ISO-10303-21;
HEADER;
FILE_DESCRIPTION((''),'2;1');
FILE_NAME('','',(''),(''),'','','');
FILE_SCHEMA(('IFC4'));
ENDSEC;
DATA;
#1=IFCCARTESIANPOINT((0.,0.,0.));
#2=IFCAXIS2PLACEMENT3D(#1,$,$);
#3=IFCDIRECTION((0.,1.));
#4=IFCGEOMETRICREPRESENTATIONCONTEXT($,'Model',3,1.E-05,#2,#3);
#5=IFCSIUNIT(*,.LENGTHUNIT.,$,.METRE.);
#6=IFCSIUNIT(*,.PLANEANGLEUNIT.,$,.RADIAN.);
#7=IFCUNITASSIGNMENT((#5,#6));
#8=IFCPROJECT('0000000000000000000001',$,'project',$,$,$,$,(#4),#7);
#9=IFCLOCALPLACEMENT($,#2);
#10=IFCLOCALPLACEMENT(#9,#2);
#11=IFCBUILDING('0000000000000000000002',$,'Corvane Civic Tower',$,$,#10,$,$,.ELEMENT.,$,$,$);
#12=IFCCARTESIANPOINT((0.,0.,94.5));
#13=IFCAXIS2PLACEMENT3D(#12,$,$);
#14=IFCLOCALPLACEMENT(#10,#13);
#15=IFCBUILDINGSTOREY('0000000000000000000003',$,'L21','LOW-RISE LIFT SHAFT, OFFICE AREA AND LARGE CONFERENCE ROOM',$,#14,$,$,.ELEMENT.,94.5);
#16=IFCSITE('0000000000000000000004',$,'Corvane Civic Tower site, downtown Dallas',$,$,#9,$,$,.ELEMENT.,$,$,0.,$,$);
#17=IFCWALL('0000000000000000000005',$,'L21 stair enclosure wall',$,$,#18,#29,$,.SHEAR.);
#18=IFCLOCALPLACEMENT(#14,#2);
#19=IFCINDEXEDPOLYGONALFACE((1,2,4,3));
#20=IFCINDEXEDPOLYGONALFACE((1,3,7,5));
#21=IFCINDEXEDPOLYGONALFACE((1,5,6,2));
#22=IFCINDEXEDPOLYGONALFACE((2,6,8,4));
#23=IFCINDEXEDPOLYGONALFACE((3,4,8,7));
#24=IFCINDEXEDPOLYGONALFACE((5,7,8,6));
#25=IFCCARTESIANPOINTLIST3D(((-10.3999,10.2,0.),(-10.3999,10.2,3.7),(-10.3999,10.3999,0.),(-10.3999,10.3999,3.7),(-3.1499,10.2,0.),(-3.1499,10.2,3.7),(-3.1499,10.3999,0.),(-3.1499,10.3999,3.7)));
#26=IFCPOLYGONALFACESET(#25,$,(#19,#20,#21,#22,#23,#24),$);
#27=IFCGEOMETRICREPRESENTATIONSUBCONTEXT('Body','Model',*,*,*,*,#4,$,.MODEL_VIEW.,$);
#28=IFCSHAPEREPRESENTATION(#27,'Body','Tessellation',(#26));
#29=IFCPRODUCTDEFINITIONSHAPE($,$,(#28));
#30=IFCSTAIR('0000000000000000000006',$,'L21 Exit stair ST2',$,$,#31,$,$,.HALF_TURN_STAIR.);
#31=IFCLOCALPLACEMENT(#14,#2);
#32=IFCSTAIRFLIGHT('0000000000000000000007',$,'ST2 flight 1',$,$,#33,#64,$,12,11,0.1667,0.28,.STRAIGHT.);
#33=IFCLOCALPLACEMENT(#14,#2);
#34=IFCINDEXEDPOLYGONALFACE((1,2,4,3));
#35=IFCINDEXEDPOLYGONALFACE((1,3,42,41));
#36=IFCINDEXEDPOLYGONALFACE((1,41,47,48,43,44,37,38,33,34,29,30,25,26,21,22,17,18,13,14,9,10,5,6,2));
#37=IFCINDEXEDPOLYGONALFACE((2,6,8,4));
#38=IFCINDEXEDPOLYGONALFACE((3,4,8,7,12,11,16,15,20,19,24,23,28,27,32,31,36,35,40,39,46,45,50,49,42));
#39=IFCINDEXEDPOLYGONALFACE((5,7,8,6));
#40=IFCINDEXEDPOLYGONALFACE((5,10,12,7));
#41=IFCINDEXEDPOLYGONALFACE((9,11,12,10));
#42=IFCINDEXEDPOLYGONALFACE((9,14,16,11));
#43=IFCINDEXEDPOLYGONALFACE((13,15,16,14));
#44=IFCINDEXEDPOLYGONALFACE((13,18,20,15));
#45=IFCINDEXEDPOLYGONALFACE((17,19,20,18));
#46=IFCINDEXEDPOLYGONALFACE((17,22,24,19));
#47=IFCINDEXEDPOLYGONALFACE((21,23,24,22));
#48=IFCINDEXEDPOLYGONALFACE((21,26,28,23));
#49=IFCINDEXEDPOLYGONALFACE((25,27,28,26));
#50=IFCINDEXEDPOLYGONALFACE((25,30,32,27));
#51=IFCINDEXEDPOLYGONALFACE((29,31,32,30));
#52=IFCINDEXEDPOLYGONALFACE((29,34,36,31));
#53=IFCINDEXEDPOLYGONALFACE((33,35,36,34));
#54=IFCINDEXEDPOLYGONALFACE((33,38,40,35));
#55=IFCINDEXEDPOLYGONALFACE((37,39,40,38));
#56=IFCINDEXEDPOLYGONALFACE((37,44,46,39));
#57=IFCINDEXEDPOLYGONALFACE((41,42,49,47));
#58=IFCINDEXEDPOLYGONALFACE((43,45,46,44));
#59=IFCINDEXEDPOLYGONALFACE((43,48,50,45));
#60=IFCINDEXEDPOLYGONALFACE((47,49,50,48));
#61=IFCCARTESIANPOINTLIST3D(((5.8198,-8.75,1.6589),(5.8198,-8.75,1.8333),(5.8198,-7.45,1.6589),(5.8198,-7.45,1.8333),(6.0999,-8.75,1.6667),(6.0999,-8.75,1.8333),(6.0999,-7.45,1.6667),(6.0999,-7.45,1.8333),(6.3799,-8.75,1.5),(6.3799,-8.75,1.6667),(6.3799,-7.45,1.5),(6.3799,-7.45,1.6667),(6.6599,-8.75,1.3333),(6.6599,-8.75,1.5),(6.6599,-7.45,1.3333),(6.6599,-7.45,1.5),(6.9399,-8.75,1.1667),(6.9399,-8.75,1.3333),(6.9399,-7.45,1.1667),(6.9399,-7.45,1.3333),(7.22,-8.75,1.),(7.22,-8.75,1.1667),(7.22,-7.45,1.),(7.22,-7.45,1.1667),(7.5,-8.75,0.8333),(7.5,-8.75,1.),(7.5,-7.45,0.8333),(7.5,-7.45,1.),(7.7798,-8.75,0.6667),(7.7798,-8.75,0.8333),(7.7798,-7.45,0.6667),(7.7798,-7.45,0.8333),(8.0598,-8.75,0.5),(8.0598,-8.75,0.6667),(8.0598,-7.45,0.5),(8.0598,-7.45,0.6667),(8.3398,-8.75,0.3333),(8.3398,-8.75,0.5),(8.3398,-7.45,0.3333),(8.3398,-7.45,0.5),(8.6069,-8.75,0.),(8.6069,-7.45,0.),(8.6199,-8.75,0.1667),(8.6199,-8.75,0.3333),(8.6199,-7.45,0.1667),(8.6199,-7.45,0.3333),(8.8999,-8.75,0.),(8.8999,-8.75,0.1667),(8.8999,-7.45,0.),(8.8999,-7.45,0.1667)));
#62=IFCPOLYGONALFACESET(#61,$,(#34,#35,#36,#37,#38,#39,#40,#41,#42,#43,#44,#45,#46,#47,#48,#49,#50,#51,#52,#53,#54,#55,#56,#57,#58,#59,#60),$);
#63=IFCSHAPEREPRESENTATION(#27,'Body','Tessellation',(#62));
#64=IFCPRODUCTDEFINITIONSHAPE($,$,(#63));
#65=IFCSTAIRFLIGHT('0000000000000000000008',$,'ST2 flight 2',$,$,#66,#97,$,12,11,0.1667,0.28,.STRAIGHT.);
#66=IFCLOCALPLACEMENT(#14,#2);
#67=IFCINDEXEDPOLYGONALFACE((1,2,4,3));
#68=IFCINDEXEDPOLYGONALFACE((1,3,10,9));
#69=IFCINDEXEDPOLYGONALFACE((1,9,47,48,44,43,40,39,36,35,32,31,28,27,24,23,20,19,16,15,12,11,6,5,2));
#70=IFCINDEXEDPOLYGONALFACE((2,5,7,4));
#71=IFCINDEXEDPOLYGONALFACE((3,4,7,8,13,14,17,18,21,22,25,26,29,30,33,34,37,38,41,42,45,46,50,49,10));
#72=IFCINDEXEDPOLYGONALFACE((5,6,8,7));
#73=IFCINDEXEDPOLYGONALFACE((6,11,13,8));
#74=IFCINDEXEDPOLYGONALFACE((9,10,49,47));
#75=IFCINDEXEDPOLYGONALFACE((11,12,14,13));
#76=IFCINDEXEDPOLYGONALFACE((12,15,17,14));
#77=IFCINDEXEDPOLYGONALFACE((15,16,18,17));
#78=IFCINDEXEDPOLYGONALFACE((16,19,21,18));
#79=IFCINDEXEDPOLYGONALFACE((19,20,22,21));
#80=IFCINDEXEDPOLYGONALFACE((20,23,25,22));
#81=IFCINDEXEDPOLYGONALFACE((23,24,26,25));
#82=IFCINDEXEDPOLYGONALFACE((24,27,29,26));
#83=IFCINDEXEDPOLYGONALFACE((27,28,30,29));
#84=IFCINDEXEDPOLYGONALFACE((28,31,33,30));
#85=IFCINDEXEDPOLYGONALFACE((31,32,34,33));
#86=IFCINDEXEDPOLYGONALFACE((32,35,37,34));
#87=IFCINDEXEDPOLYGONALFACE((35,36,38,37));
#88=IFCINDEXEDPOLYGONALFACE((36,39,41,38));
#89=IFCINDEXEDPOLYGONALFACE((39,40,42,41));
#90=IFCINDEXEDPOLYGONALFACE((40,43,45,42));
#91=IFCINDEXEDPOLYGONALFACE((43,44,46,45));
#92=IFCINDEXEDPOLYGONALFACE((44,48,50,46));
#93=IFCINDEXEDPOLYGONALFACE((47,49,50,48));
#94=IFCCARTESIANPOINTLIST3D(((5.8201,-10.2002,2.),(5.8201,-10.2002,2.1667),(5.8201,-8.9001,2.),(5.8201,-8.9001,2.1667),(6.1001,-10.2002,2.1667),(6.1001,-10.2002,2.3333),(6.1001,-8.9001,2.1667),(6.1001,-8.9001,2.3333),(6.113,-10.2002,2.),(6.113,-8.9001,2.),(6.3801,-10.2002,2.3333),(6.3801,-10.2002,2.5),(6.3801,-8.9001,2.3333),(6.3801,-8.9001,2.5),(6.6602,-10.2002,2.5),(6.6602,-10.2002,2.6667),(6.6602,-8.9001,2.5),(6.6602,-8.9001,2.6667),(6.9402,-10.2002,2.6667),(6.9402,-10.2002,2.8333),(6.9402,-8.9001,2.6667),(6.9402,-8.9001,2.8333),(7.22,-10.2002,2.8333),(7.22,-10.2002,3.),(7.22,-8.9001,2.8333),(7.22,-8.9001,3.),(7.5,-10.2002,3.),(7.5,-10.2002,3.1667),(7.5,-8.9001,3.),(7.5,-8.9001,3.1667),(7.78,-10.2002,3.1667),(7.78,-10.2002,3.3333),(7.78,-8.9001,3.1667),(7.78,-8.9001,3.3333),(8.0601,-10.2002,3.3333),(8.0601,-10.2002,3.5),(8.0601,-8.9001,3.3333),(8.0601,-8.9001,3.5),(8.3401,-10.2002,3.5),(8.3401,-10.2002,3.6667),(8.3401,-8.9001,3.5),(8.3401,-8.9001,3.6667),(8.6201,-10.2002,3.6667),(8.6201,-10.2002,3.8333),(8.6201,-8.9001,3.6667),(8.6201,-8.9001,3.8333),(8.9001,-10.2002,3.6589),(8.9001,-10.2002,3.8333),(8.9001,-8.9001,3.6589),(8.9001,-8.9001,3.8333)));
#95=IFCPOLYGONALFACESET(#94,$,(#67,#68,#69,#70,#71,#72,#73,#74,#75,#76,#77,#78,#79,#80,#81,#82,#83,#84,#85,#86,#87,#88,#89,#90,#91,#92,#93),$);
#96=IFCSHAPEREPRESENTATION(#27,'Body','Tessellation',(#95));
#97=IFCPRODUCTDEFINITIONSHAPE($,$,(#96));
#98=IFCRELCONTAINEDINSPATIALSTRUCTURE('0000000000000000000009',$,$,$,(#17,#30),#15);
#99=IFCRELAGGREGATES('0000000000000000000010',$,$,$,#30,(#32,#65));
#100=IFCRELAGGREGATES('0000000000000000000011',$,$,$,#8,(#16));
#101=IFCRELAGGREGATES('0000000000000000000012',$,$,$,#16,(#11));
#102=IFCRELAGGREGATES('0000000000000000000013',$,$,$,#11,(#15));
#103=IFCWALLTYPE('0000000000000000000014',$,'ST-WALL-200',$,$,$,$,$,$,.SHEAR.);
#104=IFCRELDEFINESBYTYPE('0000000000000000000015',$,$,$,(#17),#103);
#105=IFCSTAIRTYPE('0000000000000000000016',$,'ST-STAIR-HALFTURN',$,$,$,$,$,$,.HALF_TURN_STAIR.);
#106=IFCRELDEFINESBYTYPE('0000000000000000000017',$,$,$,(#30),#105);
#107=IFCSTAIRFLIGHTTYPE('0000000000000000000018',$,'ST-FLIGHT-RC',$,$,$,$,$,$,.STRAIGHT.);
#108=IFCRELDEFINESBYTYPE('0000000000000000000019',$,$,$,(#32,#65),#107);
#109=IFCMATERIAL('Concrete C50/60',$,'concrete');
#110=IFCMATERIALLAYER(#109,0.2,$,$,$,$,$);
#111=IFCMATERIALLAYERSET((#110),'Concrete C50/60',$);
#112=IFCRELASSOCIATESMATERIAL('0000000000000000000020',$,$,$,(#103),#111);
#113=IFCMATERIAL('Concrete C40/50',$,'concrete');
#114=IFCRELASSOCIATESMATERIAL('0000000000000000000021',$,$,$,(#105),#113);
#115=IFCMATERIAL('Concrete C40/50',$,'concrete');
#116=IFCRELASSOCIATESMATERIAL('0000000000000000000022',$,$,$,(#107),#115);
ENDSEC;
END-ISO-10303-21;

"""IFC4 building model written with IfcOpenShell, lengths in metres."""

from ifc_helpers import new_model, si_unit, direction, frame, origin, place, context, subcontext, project, spatial, polyline, outline, extrude, material, layer, layer_set, type_object, element, aggregate, save


model = new_model("IFC4")

# Units and contexts
model_context = context("Model", 3, precision=1e-05, world=origin(), true_north=direction((0.0, 1.0)))
body_context = subcontext(model_context, "Body", "Model", "MODEL_VIEW")
ifc_project = project(units=[si_unit("LENGTHUNIT", "METRE"), si_unit("PLANEANGLEUNIT", "RADIAN")], contexts=[model_context])

# Site, building, storey
site_placement = place(None, origin())
site = spatial("IfcSite", under=ifc_project, at=site_placement, Name="Corvane Civic Tower site, downtown Dallas", CompositionType="ELEMENT", RefElevation=0.0)
building_placement = place(site_placement, origin())
building = spatial("IfcBuilding", under=site, at=building_placement, Name="Corvane Civic Tower", CompositionType="ELEMENT")
storey_placement = place(building_placement, frame((0.0, 0.0, 94.5)))
storey = spatial("IfcBuildingStorey", under=building, at=storey_placement, Name="L21", Description="LOW-RISE LIFT SHAFT, OFFICE AREA AND LARGE CONFERENCE ROOM", CompositionType="ELEMENT", Elevation=94.5)

# Shared definitions
ifc_material_1 = material(Name="Concrete C50/60", Category="concrete")
ifc_layer_1 = layer(ifc_material_1, 0.2)
ifc_layer_set_1 = layer_set([ifc_layer_1], Name="Concrete C50/60")
wall_type_1 = type_object("IfcWallType", Name="ST-WALL-200", PredefinedType="SHEAR", material=ifc_layer_set_1)

# Wall
wall_1_placement = place(storey_placement, origin())
element("IfcWall", 1, at=wall_1_placement, inside=storey, type_object=wall_type_1, Name="L21 stair enclosure wall", PredefinedType="SHEAR", context=body_context, shape_type="SweptSolid", body=[
    extrude(outline(polyline([(-3.1499, 10.2), (-10.3999, 10.2), (-10.3999, 10.3999), (-3.1499, 10.3999), (-3.1499, 10.2)])), origin(), (0.0, 0.0, 1.0), 3.7),
])

# Stair, stair flights
ifc_material_2 = material(Name="Concrete C40/50", Category="concrete")
stair_type = type_object("IfcStairType", Name="ST-STAIR-HALFTURN", PredefinedType="HALF_TURN_STAIR", material=ifc_material_2)
stair_placement = place(storey_placement, origin())
stair = element("IfcStair", 2, at=stair_placement, inside=storey, type_object=stair_type, Name="L21 Exit stair ST2", PredefinedType="HALF_TURN_STAIR")
ifc_material_3 = material(Name="Concrete C40/50", Category="concrete")
stair_flight_type = type_object("IfcStairFlightType", Name="ST-FLIGHT-RC", PredefinedType="STRAIGHT", material=ifc_material_3)
stair_flight_1_placement = place(storey_placement, frame((8.8999, -8.1001, 0.0), z_axis=(0.0, 0.0, 1.0), x_axis=(-1.0, 0.0, 0.0)))
stair_flight_1 = element("IfcStairFlight", 3, at=stair_flight_1_placement, type_object=stair_flight_type, Name="ST2 flight 1", NumberOfRisers=12, NumberOfTreads=11, PredefinedType="STRAIGHT", RiserHeight=0.1667, TreadLength=0.28, context=body_context, shape_type="SweptSolid", body=[
    extrude(outline(polyline([(0.0, 0.0), (0.0, 0.1667), (0.28, 0.1667), (0.28, 0.3333), (0.5601, 0.3333), (0.5601, 0.5), (0.8401, 0.5), (0.8401, 0.6667), (1.1201, 0.6667), (1.1201, 0.8333), (1.3999, 0.8333), (1.3999, 1.0), (1.6799, 1.0), (1.6799, 1.1667), (1.96, 1.1667), (1.96, 1.3333), (2.24, 1.3333), (2.24, 1.5), (2.52, 1.5), (2.52, 1.6667), (2.8, 1.6667), (2.8, 1.8333), (3.0801, 1.8333), (3.0801, 2.0), (3.0801, 1.6589), (0.293, 0.0), (0.0, 0.0)])), frame((0.0, 0.6499, 0.0), z_axis=(0.0, -1.0, 0.0), x_axis=(1.0, 0.0, 0.0)), (0.0, 0.0, 1.0), 1.3),
])
stair_flight_2_placement = place(storey_placement, frame((5.8201, -9.55, 2.0), z_axis=(0.0, 0.0, 1.0), x_axis=(1.0, 0.0, 0.0)))
stair_flight_2 = element("IfcStairFlight", 4, at=stair_flight_2_placement, type_object=stair_flight_type, Name="ST2 flight 2", NumberOfRisers=12, NumberOfTreads=11, PredefinedType="STRAIGHT", RiserHeight=0.1667, TreadLength=0.28, context=body_context, shape_type="SweptSolid", body=[
    extrude(outline(polyline([(0.0, 0.0), (0.0, 0.1667), (0.28, 0.1667), (0.28, 0.3333), (0.5601, 0.3333), (0.5601, 0.5), (0.8401, 0.5), (0.8401, 0.6667), (1.1201, 0.6667), (1.1201, 0.8333), (1.3999, 0.8333), (1.3999, 1.0), (1.6799, 1.0), (1.6799, 1.1667), (1.96, 1.1667), (1.96, 1.3333), (2.24, 1.3333), (2.24, 1.5), (2.52, 1.5), (2.52, 1.6667), (2.8, 1.6667), (2.8, 1.8333), (3.0801, 1.8333), (3.0801, 2.0), (3.0801, 1.6589), (0.293, 0.0), (0.0, 0.0)])), frame((0.0, 0.6499, 0.0), z_axis=(0.0, -1.0, 0.0), x_axis=(1.0, 0.0, 0.0)), (0.0, 0.0, 1.0), 1.3),
])
aggregate(stair, [stair_flight_1, stair_flight_2])

save(model, "model.ifc")
